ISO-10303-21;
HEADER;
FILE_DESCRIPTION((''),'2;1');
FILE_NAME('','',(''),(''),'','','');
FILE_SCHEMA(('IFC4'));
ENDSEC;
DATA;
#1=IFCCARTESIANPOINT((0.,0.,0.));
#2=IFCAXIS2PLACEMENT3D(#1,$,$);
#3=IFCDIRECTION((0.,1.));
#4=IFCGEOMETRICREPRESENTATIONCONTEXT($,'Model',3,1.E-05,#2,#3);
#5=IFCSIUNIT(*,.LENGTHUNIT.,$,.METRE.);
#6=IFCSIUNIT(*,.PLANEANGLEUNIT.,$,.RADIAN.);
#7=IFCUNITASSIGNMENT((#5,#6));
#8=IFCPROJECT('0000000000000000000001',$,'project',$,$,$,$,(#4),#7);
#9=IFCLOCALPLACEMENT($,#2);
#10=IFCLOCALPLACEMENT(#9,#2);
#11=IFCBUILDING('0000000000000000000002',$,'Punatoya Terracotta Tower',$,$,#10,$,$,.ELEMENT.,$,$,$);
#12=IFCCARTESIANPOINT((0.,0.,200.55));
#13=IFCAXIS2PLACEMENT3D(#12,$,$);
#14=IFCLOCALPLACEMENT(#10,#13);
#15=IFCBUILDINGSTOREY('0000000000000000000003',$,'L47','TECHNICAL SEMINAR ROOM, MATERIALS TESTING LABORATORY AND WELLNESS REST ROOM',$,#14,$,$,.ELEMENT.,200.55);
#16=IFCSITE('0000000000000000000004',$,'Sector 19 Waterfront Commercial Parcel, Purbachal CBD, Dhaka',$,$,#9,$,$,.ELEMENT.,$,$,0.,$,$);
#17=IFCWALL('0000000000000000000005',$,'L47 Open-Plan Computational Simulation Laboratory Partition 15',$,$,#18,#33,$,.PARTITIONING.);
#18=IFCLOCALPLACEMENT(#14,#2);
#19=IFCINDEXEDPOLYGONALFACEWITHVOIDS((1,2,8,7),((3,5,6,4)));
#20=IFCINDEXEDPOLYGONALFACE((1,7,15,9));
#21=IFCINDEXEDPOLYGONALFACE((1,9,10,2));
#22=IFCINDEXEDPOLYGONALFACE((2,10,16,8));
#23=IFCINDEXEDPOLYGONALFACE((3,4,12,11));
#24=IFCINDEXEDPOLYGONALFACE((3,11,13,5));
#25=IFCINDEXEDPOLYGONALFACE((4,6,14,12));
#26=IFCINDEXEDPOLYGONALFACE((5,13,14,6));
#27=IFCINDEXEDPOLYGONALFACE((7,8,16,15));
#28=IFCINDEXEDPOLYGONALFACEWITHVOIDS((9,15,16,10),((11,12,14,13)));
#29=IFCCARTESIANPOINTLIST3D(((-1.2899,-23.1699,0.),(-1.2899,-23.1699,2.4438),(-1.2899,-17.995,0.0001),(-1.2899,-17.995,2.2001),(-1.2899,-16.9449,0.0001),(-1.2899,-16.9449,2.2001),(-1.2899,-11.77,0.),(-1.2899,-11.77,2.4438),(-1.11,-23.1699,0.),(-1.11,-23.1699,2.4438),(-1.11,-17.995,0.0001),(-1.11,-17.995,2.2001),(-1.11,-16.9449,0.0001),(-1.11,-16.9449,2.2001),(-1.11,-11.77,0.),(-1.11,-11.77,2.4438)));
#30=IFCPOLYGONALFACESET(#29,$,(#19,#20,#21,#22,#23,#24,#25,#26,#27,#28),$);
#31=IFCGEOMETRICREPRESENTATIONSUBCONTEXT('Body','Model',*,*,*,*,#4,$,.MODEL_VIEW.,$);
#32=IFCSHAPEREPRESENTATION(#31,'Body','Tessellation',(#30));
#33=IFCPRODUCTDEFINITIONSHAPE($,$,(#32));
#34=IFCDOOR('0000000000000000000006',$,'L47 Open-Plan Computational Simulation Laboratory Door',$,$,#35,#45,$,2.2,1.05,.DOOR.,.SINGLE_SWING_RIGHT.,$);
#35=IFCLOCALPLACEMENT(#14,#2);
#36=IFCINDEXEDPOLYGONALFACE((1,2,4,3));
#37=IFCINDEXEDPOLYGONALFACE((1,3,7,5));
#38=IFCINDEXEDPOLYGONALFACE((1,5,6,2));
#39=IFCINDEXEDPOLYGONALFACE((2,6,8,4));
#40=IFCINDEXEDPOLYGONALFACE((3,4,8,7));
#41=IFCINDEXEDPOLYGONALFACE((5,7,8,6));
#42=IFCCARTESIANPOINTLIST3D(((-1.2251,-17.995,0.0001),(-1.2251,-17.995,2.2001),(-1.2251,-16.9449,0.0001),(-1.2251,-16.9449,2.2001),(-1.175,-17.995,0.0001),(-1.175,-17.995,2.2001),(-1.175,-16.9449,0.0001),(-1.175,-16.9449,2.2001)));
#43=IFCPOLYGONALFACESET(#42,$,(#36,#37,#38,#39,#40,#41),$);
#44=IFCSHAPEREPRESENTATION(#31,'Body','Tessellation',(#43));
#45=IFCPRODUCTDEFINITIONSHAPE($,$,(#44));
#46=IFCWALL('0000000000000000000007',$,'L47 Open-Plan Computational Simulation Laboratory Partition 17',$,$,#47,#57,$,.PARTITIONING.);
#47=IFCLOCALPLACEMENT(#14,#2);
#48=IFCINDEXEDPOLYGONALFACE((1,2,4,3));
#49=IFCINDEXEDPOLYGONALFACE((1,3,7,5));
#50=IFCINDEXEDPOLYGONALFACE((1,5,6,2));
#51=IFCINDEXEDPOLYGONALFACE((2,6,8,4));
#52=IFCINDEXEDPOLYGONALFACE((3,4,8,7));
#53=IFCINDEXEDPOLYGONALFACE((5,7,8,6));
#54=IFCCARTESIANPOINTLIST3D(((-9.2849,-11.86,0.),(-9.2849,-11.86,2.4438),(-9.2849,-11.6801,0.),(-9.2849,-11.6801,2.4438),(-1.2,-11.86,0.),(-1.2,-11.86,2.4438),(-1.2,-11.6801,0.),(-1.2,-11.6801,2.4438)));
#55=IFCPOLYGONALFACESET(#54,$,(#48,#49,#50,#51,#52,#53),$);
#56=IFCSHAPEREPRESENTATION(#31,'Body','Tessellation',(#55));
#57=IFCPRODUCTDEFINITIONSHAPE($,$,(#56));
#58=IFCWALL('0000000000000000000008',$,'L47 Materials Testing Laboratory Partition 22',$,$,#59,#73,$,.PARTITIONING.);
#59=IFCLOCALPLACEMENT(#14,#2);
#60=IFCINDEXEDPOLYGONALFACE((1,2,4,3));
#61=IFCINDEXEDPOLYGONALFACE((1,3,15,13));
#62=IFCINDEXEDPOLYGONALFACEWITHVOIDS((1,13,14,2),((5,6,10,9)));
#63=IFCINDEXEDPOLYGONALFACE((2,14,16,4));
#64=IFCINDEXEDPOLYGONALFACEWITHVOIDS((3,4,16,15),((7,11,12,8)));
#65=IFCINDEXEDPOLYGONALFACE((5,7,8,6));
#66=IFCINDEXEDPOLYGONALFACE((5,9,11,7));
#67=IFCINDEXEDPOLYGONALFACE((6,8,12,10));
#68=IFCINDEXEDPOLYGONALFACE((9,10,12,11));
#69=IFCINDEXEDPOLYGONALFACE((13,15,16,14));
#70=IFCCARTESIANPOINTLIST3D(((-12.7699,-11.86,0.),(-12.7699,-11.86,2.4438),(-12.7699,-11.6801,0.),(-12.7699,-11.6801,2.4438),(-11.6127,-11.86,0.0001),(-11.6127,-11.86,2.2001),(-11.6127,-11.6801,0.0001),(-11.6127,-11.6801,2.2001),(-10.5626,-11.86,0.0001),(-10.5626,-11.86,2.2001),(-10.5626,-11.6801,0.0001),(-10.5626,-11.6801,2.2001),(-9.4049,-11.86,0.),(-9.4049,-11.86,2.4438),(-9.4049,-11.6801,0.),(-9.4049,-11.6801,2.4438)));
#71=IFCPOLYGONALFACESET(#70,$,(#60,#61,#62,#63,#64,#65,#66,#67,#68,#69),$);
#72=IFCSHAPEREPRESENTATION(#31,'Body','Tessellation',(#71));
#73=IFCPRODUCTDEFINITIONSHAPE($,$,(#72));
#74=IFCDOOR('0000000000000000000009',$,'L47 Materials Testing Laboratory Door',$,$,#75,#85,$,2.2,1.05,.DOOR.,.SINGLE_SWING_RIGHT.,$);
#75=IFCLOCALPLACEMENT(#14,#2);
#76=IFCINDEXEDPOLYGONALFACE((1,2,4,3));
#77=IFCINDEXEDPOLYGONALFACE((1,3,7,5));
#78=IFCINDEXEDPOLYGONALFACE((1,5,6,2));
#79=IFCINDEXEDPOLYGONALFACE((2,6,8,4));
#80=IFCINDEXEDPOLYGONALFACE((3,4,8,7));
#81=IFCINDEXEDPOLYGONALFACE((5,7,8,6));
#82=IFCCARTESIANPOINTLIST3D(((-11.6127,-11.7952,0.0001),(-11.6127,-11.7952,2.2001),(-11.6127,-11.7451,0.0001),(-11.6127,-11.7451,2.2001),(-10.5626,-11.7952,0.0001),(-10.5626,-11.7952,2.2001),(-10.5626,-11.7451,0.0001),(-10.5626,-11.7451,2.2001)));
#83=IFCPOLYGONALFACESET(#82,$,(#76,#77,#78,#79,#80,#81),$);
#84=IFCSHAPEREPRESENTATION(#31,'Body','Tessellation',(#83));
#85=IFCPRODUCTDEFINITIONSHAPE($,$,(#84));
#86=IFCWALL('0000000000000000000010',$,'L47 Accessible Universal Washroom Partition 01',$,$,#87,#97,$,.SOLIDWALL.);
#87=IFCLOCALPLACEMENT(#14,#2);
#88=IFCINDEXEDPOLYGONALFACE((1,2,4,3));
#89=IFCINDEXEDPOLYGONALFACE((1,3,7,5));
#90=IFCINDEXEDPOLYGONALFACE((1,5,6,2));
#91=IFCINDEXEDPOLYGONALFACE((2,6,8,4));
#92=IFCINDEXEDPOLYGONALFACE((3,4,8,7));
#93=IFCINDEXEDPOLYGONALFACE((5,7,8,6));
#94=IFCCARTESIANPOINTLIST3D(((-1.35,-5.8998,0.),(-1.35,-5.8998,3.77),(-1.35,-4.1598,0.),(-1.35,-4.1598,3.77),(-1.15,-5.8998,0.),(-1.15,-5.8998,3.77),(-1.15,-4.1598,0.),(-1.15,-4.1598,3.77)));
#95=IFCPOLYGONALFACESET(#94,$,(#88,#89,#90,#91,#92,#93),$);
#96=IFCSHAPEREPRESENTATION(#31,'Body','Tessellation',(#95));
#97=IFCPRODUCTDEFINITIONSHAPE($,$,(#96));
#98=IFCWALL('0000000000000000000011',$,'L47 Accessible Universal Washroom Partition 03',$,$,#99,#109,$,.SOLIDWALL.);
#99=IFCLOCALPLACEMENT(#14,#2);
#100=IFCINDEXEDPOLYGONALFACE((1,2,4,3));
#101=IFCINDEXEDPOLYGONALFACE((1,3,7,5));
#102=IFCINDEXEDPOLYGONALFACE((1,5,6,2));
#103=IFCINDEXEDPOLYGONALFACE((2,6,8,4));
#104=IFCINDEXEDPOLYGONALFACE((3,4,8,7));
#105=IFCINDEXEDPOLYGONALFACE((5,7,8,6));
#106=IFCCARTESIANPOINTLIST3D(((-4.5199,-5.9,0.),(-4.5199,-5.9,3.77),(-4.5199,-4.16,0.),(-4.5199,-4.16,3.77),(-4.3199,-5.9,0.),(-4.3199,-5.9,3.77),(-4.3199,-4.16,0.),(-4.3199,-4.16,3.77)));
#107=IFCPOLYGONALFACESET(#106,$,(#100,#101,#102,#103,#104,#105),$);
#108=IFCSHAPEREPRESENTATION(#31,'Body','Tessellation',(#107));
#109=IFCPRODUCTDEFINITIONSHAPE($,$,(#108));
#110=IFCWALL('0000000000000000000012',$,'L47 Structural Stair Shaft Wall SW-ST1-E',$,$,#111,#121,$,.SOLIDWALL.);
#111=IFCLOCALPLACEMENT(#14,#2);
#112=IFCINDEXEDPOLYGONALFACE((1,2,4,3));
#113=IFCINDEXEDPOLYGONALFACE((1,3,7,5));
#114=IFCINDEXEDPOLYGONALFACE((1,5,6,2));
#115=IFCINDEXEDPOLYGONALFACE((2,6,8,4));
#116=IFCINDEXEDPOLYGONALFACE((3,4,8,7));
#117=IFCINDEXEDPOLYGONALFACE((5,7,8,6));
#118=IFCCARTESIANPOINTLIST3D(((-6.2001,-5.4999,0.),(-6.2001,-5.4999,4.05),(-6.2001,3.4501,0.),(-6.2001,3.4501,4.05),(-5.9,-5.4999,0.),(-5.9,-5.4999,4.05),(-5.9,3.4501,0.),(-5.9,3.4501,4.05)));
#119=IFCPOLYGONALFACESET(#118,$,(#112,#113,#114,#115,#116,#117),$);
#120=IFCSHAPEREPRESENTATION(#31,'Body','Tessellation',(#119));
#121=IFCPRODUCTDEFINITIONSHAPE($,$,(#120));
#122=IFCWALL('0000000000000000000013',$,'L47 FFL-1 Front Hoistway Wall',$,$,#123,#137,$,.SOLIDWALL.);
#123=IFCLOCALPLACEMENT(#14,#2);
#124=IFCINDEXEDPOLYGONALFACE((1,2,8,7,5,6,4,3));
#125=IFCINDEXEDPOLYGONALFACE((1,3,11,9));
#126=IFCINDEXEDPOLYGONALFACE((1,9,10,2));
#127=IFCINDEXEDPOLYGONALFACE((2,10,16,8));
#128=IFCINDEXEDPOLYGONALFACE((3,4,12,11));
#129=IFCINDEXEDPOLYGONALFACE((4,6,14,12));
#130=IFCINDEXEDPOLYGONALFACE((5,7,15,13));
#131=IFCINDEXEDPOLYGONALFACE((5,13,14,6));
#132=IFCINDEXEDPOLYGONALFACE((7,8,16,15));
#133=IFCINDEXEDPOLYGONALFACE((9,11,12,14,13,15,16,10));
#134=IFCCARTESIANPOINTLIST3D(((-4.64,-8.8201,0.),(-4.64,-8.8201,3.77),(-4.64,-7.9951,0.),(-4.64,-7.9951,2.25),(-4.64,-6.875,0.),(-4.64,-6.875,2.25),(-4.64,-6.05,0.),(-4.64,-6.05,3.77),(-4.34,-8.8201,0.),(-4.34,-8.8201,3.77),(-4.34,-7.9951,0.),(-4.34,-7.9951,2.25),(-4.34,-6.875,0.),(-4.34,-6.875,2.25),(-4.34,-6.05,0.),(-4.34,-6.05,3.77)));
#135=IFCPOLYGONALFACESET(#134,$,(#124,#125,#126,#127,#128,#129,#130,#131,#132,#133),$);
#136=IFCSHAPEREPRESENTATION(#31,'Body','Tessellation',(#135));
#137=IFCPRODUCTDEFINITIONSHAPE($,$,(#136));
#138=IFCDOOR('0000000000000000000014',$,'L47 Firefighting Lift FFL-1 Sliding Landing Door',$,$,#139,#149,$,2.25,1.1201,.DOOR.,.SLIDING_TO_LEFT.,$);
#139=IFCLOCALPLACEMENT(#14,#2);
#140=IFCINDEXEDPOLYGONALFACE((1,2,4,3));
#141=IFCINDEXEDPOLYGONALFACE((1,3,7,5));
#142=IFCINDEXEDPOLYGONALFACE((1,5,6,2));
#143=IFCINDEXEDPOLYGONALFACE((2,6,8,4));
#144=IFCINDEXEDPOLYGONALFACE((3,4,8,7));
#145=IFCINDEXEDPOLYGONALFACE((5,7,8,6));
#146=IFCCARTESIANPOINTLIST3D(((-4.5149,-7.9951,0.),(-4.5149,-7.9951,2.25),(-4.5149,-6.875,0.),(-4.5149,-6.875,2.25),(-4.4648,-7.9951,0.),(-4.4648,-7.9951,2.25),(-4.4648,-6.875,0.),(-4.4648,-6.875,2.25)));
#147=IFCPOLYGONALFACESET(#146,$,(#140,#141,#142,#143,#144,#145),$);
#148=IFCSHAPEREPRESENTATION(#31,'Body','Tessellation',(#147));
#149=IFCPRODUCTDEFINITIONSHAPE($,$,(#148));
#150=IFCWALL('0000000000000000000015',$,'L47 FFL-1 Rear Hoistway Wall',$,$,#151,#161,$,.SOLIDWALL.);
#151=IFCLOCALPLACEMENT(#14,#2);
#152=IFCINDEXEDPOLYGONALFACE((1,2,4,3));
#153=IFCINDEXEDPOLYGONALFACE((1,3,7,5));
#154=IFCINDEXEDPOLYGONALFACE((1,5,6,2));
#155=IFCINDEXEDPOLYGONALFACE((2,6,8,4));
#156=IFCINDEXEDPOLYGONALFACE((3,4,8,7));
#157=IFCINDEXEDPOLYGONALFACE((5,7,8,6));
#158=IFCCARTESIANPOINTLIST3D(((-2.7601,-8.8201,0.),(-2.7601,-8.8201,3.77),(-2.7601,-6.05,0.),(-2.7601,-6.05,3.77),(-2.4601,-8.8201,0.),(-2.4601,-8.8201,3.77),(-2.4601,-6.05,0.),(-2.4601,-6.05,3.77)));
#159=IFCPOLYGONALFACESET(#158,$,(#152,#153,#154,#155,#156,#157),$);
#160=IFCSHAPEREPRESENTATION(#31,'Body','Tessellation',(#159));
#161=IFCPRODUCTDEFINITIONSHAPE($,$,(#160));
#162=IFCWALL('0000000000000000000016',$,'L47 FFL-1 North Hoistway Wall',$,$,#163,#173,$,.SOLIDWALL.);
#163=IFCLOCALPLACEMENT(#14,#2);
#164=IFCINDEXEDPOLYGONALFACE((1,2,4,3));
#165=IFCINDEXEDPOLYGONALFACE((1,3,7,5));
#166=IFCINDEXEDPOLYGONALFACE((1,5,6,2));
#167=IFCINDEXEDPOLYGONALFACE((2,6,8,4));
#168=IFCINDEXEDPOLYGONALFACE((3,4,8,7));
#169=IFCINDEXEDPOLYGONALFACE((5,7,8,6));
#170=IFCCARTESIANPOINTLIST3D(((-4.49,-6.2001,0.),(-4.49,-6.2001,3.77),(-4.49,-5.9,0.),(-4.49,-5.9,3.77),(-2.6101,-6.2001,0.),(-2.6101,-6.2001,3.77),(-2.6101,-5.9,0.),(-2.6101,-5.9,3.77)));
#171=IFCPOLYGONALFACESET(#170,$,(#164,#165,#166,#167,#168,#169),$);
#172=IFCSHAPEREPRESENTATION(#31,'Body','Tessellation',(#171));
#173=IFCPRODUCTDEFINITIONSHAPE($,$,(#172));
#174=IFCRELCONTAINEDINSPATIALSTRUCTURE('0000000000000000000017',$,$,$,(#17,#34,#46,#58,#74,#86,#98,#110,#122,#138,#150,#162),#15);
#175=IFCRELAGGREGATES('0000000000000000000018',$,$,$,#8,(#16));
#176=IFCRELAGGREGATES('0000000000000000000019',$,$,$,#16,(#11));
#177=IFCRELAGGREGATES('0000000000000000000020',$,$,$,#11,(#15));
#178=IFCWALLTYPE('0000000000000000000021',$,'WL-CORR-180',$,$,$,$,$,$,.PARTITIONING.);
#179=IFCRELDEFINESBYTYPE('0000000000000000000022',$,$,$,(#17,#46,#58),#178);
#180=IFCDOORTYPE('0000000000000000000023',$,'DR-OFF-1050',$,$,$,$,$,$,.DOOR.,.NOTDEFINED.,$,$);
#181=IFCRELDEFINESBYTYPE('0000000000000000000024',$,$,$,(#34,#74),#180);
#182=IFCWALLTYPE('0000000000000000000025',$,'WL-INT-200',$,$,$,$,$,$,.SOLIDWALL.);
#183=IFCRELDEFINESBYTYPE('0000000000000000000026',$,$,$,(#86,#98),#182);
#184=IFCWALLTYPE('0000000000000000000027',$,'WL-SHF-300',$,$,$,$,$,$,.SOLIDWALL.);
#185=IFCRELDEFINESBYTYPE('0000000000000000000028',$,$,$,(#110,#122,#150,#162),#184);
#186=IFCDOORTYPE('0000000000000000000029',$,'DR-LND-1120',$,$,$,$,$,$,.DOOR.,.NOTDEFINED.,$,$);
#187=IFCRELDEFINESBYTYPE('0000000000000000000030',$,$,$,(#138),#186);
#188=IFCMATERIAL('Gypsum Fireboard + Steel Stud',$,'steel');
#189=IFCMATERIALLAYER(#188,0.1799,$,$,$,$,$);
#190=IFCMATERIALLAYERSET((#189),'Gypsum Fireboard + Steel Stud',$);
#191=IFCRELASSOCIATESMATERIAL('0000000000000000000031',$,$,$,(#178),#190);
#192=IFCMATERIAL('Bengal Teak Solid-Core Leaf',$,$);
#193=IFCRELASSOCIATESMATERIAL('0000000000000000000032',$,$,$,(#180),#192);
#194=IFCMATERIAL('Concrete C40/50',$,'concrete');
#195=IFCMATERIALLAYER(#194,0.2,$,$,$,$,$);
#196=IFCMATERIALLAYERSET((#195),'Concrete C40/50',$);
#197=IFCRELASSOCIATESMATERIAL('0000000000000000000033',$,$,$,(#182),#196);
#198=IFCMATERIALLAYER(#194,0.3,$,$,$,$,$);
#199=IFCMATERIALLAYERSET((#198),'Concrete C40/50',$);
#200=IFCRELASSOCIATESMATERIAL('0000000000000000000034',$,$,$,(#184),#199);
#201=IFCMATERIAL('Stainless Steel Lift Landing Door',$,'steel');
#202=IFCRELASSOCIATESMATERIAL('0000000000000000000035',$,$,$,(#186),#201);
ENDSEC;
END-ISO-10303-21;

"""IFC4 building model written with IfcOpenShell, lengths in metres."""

from ifc_helpers import new_model, si_unit, direction, frame, frame_2d, origin, place, context, subcontext, project, spatial, rectangle, extrude, material, layer, layer_set, type_object, element, fill, save


model = new_model("IFC4")

# Units and contexts
model_context = context("Model", 3, precision=1e-05, world=origin(), true_north=direction((0.0, 1.0)))
body_context = subcontext(model_context, "Body", "Model", "MODEL_VIEW")
ifc_project = project(units=[si_unit("LENGTHUNIT", "METRE"), si_unit("PLANEANGLEUNIT", "RADIAN")], contexts=[model_context])

# Site, building, storey
site_placement = place(None, origin())
site = spatial("IfcSite", under=ifc_project, at=site_placement, Name="Sector 19 Waterfront Commercial Parcel, Purbachal CBD, Dhaka", CompositionType="ELEMENT", RefElevation=0.0)
building_placement = place(site_placement, origin())
building = spatial("IfcBuilding", under=site, at=building_placement, Name="Punatoya Terracotta Tower", CompositionType="ELEMENT")
storey_placement = place(building_placement, frame((0.0, 0.0, 200.55)))
storey = spatial("IfcBuildingStorey", under=building, at=storey_placement, Name="L47", Description="TECHNICAL SEMINAR ROOM, MATERIALS TESTING LABORATORY AND WELLNESS REST ROOM", CompositionType="ELEMENT", Elevation=200.55)

# Wall, opening, door
ifc_material_1 = material(Name="Gypsum Fireboard + Steel Stud", Category="steel")
ifc_layer_1 = layer(ifc_material_1, 0.1799)
ifc_layer_set_1 = layer_set([ifc_layer_1], Name="Gypsum Fireboard + Steel Stud")
wall_type_1 = type_object("IfcWallType", Name="WL-CORR-180", PredefinedType="PARTITIONING", material=ifc_layer_set_1)
wall_1_placement = place(storey_placement, frame((-1.2, -11.77, 0.0), z_axis=(0.0, 0.0, 1.0), x_axis=(0.0, -1.0, 0.0)))
wall_1 = element("IfcWall", 1, at=wall_1_placement, inside=storey, type_object=wall_type_1, Name="L47 Open-Plan Computational Simulation Laboratory Partition 15", PredefinedType="PARTITIONING", context=body_context, shape_type="SweptSolid", body=[
    extrude(rectangle(XDim=11.3999, YDim=0.1799, at=frame_2d((5.7, 0.0))), origin(), (0.0, 0.0, 1.0), 2.4438),
])
opening_1_placement = place(wall_1_placement, frame((5.175, 0.0, 0.0)))
opening_1 = element("IfcOpeningElement", 2, at=opening_1_placement, cuts=wall_1, PredefinedType="OPENING", context=body_context, shape_type="SweptSolid", body=[
    extrude(rectangle(XDim=1.05, YDim=2.2, at=frame_2d((0.5249, 1.1001))), frame((0.0, 0.0999, 0.0), z_axis=(0.0, -1.0, 0.0), x_axis=(1.0, 0.0, 0.0)), (0.0, 0.0, 1.0), 0.2),
])
ifc_material_2 = material(Name="Bengal Teak Solid-Core Leaf")
door_type_1 = type_object("IfcDoorType", Name="DR-OFF-1050", OperationType="NOTDEFINED", PredefinedType="DOOR", material=ifc_material_2)
door_1_placement = place(opening_1_placement, origin())
door_1 = element("IfcDoor", 3, at=door_1_placement, inside=storey, type_object=door_type_1, Name="L47 Open-Plan Computational Simulation Laboratory Door", OperationType="SINGLE_SWING_RIGHT", OverallHeight=2.2, OverallWidth=1.05, PredefinedType="DOOR", context=body_context, shape_type="SweptSolid", body=[
    extrude(rectangle(XDim=1.05, YDim=2.2, at=frame_2d((0.5249, 1.1001))), frame((0.0, 0.0249, 0.0), z_axis=(0.0, -1.0, 0.0), x_axis=(1.0, 0.0, 0.0)), (0.0, 0.0, 1.0), 0.05),
])
fill(opening_1, door_1)

# Wall
wall_2_placement = place(storey_placement, frame((-9.2849, -11.77, 0.0), z_axis=(0.0, 0.0, 1.0), x_axis=(1.0, 0.0, 0.0)))
element("IfcWall", 4, at=wall_2_placement, inside=storey, type_object=wall_type_1, Name="L47 Open-Plan Computational Simulation Laboratory Partition 17", PredefinedType="PARTITIONING", context=body_context, shape_type="SweptSolid", body=[
    extrude(rectangle(XDim=8.085, YDim=0.1799, at=frame_2d((4.0425, 0.0))), origin(), (0.0, 0.0, 1.0), 2.4438),
])

# Wall, opening, door
wall_3_placement = place(storey_placement, frame((-12.77, -11.77, 0.0), z_axis=(0.0, 0.0, 1.0), x_axis=(1.0, 0.0, 0.0)))
wall_3 = element("IfcWall", 5, at=wall_3_placement, inside=storey, type_object=wall_type_1, Name="L47 Materials Testing Laboratory Partition 22", PredefinedType="PARTITIONING", context=body_context, shape_type="SweptSolid", body=[
    extrude(rectangle(XDim=3.365, YDim=0.1799, at=frame_2d((1.6826, 0.0))), origin(), (0.0, 0.0, 1.0), 2.4438),
])
opening_2_placement = place(wall_3_placement, frame((1.1575, 0.0, 0.0)))
opening_2 = element("IfcOpeningElement", 6, at=opening_2_placement, cuts=wall_3, PredefinedType="OPENING", context=body_context, shape_type="SweptSolid", body=[
    extrude(rectangle(XDim=1.05, YDim=2.2, at=frame_2d((0.5249, 1.1001))), frame((0.0, 0.0999, 0.0), z_axis=(0.0, -1.0, 0.0), x_axis=(1.0, 0.0, 0.0)), (0.0, 0.0, 1.0), 0.2),
])
door_2_placement = place(opening_2_placement, origin())
door_2 = element("IfcDoor", 7, at=door_2_placement, inside=storey, type_object=door_type_1, Name="L47 Materials Testing Laboratory Door", OperationType="SINGLE_SWING_RIGHT", OverallHeight=2.2, OverallWidth=1.05, PredefinedType="DOOR", context=body_context, shape_type="SweptSolid", body=[
    extrude(rectangle(XDim=1.05, YDim=2.2, at=frame_2d((0.5249, 1.1001))), frame((0.0, 0.0249, 0.0), z_axis=(0.0, -1.0, 0.0), x_axis=(1.0, 0.0, 0.0)), (0.0, 0.0, 1.0), 0.05),
])
fill(opening_2, door_2)

# Wall
ifc_material_3 = material(Name="Concrete C40/50", Category="concrete")
ifc_layer_2 = layer(ifc_material_3, 0.2)
ifc_layer_set_2 = layer_set([ifc_layer_2], Name="Concrete C40/50")
wall_type_2 = type_object("IfcWallType", Name="WL-INT-200", PredefinedType="SOLIDWALL", material=ifc_layer_set_2)
wall_4_placement = place(storey_placement, frame((-1.25, -5.8999, 0.0), z_axis=(0.0, 0.0, 1.0), x_axis=(0.0, 1.0, 0.0)))
element("IfcWall", 8, at=wall_4_placement, inside=storey, type_object=wall_type_2, Name="L47 Accessible Universal Washroom Partition 01", PredefinedType="SOLIDWALL", context=body_context, shape_type="SweptSolid", body=[
    extrude(rectangle(XDim=1.74, YDim=0.2, at=frame_2d((0.8701, 0.0))), origin(), (0.0, 0.0, 1.0), 3.77),
])

# Walls
wall_5_placement = place(storey_placement, frame((-4.4199, -4.1599, 0.0), z_axis=(0.0, 0.0, 1.0), x_axis=(0.0, -1.0, 0.0)))
element("IfcWall", 9, at=wall_5_placement, inside=storey, type_object=wall_type_2, Name="L47 Accessible Universal Washroom Partition 03", PredefinedType="SOLIDWALL", context=body_context, shape_type="SweptSolid", body=[
    extrude(rectangle(XDim=1.74, YDim=0.2, at=frame_2d((0.8701, 0.0))), origin(), (0.0, 0.0, 1.0), 3.77),
])
ifc_layer_3 = layer(ifc_material_3, 0.3)
ifc_layer_set_3 = layer_set([ifc_layer_3], Name="Concrete C40/50")
wall_type_3 = type_object("IfcWallType", Name="WL-SHF-300", PredefinedType="SOLIDWALL", material=ifc_layer_set_3)
wall_6_placement = place(storey_placement, frame((-6.05, -5.5, 0.0), z_axis=(0.0, 0.0, 1.0), x_axis=(0.0, 1.0, 0.0)))
element("IfcWall", 10, at=wall_6_placement, inside=storey, type_object=wall_type_3, Name="L47 Structural Stair Shaft Wall SW-ST1-E", PredefinedType="SOLIDWALL", context=body_context, shape_type="SweptSolid", body=[
    extrude(rectangle(XDim=8.95, YDim=0.3, at=frame_2d((4.4751, 0.0))), origin(), (0.0, 0.0, 1.0), 4.05),
])

# Wall, opening, door
wall_7_placement = place(storey_placement, frame((-4.49, -8.8201, 0.0), z_axis=(0.0, 0.0, 1.0), x_axis=(0.0, 1.0, 0.0)))
wall_7 = element("IfcWall", 11, at=wall_7_placement, inside=storey, type_object=wall_type_3, Name="L47 FFL-1 Front Hoistway Wall", PredefinedType="SOLIDWALL", context=body_context, shape_type="SweptSolid", body=[
    extrude(rectangle(XDim=2.77, YDim=0.3, at=frame_2d((1.385, 0.0))), origin(), (0.0, 0.0, 1.0), 3.77),
])
opening_3_placement = place(wall_7_placement, frame((0.825, 0.0, 0.0)))
opening_3 = element("IfcOpeningElement", 12, at=opening_3_placement, cuts=wall_7, PredefinedType="OPENING", context=body_context, shape_type="SweptSolid", body=[
    extrude(rectangle(XDim=1.1201, YDim=2.25, at=frame_2d((0.5601, 1.125))), frame((0.0, 0.1599, 0.0), z_axis=(0.0, -1.0, 0.0), x_axis=(1.0, 0.0, 0.0)), (0.0, 0.0, 1.0), 0.3201),
])
ifc_material_4 = material(Name="Stainless Steel Lift Landing Door", Category="steel")
door_type_2 = type_object("IfcDoorType", Name="DR-LND-1120", OperationType="NOTDEFINED", PredefinedType="DOOR", material=ifc_material_4)
door_3_placement = place(opening_3_placement, origin())
door_3 = element("IfcDoor", 13, at=door_3_placement, inside=storey, type_object=door_type_2, Name="L47 Firefighting Lift FFL-1 Sliding Landing Door", OperationType="SLIDING_TO_LEFT", OverallHeight=2.25, OverallWidth=1.1201, PredefinedType="DOOR", context=body_context, shape_type="SweptSolid", body=[
    extrude(rectangle(XDim=1.1201, YDim=2.25, at=frame_2d((0.5601, 1.125))), frame((0.0, 0.0249, 0.0), z_axis=(0.0, -1.0, 0.0), x_axis=(1.0, 0.0, 0.0)), (0.0, 0.0, 1.0), 0.05),
])
fill(opening_3, door_3)

# Walls
wall_8_placement = place(storey_placement, frame((-2.6101, -8.8201, 0.0), z_axis=(0.0, 0.0, 1.0), x_axis=(0.0, 1.0, 0.0)))
element("IfcWall", 14, at=wall_8_placement, inside=storey, type_object=wall_type_3, Name="L47 FFL-1 Rear Hoistway Wall", PredefinedType="SOLIDWALL", context=body_context, shape_type="SweptSolid", body=[
    extrude(rectangle(XDim=2.77, YDim=0.3, at=frame_2d((1.385, 0.0))), origin(), (0.0, 0.0, 1.0), 3.77),
])
wall_9_placement = place(storey_placement, frame((-4.49, -6.05, 0.0), z_axis=(0.0, 0.0, 1.0), x_axis=(1.0, 0.0, 0.0)))
element("IfcWall", 15, at=wall_9_placement, inside=storey, type_object=wall_type_3, Name="L47 FFL-1 North Hoistway Wall", PredefinedType="SOLIDWALL", context=body_context, shape_type="SweptSolid", body=[
    extrude(rectangle(XDim=1.8799, YDim=0.3, at=frame_2d((0.9399, 0.0))), origin(), (0.0, 0.0, 1.0), 3.77),
])

save(model, "model.ifc")
